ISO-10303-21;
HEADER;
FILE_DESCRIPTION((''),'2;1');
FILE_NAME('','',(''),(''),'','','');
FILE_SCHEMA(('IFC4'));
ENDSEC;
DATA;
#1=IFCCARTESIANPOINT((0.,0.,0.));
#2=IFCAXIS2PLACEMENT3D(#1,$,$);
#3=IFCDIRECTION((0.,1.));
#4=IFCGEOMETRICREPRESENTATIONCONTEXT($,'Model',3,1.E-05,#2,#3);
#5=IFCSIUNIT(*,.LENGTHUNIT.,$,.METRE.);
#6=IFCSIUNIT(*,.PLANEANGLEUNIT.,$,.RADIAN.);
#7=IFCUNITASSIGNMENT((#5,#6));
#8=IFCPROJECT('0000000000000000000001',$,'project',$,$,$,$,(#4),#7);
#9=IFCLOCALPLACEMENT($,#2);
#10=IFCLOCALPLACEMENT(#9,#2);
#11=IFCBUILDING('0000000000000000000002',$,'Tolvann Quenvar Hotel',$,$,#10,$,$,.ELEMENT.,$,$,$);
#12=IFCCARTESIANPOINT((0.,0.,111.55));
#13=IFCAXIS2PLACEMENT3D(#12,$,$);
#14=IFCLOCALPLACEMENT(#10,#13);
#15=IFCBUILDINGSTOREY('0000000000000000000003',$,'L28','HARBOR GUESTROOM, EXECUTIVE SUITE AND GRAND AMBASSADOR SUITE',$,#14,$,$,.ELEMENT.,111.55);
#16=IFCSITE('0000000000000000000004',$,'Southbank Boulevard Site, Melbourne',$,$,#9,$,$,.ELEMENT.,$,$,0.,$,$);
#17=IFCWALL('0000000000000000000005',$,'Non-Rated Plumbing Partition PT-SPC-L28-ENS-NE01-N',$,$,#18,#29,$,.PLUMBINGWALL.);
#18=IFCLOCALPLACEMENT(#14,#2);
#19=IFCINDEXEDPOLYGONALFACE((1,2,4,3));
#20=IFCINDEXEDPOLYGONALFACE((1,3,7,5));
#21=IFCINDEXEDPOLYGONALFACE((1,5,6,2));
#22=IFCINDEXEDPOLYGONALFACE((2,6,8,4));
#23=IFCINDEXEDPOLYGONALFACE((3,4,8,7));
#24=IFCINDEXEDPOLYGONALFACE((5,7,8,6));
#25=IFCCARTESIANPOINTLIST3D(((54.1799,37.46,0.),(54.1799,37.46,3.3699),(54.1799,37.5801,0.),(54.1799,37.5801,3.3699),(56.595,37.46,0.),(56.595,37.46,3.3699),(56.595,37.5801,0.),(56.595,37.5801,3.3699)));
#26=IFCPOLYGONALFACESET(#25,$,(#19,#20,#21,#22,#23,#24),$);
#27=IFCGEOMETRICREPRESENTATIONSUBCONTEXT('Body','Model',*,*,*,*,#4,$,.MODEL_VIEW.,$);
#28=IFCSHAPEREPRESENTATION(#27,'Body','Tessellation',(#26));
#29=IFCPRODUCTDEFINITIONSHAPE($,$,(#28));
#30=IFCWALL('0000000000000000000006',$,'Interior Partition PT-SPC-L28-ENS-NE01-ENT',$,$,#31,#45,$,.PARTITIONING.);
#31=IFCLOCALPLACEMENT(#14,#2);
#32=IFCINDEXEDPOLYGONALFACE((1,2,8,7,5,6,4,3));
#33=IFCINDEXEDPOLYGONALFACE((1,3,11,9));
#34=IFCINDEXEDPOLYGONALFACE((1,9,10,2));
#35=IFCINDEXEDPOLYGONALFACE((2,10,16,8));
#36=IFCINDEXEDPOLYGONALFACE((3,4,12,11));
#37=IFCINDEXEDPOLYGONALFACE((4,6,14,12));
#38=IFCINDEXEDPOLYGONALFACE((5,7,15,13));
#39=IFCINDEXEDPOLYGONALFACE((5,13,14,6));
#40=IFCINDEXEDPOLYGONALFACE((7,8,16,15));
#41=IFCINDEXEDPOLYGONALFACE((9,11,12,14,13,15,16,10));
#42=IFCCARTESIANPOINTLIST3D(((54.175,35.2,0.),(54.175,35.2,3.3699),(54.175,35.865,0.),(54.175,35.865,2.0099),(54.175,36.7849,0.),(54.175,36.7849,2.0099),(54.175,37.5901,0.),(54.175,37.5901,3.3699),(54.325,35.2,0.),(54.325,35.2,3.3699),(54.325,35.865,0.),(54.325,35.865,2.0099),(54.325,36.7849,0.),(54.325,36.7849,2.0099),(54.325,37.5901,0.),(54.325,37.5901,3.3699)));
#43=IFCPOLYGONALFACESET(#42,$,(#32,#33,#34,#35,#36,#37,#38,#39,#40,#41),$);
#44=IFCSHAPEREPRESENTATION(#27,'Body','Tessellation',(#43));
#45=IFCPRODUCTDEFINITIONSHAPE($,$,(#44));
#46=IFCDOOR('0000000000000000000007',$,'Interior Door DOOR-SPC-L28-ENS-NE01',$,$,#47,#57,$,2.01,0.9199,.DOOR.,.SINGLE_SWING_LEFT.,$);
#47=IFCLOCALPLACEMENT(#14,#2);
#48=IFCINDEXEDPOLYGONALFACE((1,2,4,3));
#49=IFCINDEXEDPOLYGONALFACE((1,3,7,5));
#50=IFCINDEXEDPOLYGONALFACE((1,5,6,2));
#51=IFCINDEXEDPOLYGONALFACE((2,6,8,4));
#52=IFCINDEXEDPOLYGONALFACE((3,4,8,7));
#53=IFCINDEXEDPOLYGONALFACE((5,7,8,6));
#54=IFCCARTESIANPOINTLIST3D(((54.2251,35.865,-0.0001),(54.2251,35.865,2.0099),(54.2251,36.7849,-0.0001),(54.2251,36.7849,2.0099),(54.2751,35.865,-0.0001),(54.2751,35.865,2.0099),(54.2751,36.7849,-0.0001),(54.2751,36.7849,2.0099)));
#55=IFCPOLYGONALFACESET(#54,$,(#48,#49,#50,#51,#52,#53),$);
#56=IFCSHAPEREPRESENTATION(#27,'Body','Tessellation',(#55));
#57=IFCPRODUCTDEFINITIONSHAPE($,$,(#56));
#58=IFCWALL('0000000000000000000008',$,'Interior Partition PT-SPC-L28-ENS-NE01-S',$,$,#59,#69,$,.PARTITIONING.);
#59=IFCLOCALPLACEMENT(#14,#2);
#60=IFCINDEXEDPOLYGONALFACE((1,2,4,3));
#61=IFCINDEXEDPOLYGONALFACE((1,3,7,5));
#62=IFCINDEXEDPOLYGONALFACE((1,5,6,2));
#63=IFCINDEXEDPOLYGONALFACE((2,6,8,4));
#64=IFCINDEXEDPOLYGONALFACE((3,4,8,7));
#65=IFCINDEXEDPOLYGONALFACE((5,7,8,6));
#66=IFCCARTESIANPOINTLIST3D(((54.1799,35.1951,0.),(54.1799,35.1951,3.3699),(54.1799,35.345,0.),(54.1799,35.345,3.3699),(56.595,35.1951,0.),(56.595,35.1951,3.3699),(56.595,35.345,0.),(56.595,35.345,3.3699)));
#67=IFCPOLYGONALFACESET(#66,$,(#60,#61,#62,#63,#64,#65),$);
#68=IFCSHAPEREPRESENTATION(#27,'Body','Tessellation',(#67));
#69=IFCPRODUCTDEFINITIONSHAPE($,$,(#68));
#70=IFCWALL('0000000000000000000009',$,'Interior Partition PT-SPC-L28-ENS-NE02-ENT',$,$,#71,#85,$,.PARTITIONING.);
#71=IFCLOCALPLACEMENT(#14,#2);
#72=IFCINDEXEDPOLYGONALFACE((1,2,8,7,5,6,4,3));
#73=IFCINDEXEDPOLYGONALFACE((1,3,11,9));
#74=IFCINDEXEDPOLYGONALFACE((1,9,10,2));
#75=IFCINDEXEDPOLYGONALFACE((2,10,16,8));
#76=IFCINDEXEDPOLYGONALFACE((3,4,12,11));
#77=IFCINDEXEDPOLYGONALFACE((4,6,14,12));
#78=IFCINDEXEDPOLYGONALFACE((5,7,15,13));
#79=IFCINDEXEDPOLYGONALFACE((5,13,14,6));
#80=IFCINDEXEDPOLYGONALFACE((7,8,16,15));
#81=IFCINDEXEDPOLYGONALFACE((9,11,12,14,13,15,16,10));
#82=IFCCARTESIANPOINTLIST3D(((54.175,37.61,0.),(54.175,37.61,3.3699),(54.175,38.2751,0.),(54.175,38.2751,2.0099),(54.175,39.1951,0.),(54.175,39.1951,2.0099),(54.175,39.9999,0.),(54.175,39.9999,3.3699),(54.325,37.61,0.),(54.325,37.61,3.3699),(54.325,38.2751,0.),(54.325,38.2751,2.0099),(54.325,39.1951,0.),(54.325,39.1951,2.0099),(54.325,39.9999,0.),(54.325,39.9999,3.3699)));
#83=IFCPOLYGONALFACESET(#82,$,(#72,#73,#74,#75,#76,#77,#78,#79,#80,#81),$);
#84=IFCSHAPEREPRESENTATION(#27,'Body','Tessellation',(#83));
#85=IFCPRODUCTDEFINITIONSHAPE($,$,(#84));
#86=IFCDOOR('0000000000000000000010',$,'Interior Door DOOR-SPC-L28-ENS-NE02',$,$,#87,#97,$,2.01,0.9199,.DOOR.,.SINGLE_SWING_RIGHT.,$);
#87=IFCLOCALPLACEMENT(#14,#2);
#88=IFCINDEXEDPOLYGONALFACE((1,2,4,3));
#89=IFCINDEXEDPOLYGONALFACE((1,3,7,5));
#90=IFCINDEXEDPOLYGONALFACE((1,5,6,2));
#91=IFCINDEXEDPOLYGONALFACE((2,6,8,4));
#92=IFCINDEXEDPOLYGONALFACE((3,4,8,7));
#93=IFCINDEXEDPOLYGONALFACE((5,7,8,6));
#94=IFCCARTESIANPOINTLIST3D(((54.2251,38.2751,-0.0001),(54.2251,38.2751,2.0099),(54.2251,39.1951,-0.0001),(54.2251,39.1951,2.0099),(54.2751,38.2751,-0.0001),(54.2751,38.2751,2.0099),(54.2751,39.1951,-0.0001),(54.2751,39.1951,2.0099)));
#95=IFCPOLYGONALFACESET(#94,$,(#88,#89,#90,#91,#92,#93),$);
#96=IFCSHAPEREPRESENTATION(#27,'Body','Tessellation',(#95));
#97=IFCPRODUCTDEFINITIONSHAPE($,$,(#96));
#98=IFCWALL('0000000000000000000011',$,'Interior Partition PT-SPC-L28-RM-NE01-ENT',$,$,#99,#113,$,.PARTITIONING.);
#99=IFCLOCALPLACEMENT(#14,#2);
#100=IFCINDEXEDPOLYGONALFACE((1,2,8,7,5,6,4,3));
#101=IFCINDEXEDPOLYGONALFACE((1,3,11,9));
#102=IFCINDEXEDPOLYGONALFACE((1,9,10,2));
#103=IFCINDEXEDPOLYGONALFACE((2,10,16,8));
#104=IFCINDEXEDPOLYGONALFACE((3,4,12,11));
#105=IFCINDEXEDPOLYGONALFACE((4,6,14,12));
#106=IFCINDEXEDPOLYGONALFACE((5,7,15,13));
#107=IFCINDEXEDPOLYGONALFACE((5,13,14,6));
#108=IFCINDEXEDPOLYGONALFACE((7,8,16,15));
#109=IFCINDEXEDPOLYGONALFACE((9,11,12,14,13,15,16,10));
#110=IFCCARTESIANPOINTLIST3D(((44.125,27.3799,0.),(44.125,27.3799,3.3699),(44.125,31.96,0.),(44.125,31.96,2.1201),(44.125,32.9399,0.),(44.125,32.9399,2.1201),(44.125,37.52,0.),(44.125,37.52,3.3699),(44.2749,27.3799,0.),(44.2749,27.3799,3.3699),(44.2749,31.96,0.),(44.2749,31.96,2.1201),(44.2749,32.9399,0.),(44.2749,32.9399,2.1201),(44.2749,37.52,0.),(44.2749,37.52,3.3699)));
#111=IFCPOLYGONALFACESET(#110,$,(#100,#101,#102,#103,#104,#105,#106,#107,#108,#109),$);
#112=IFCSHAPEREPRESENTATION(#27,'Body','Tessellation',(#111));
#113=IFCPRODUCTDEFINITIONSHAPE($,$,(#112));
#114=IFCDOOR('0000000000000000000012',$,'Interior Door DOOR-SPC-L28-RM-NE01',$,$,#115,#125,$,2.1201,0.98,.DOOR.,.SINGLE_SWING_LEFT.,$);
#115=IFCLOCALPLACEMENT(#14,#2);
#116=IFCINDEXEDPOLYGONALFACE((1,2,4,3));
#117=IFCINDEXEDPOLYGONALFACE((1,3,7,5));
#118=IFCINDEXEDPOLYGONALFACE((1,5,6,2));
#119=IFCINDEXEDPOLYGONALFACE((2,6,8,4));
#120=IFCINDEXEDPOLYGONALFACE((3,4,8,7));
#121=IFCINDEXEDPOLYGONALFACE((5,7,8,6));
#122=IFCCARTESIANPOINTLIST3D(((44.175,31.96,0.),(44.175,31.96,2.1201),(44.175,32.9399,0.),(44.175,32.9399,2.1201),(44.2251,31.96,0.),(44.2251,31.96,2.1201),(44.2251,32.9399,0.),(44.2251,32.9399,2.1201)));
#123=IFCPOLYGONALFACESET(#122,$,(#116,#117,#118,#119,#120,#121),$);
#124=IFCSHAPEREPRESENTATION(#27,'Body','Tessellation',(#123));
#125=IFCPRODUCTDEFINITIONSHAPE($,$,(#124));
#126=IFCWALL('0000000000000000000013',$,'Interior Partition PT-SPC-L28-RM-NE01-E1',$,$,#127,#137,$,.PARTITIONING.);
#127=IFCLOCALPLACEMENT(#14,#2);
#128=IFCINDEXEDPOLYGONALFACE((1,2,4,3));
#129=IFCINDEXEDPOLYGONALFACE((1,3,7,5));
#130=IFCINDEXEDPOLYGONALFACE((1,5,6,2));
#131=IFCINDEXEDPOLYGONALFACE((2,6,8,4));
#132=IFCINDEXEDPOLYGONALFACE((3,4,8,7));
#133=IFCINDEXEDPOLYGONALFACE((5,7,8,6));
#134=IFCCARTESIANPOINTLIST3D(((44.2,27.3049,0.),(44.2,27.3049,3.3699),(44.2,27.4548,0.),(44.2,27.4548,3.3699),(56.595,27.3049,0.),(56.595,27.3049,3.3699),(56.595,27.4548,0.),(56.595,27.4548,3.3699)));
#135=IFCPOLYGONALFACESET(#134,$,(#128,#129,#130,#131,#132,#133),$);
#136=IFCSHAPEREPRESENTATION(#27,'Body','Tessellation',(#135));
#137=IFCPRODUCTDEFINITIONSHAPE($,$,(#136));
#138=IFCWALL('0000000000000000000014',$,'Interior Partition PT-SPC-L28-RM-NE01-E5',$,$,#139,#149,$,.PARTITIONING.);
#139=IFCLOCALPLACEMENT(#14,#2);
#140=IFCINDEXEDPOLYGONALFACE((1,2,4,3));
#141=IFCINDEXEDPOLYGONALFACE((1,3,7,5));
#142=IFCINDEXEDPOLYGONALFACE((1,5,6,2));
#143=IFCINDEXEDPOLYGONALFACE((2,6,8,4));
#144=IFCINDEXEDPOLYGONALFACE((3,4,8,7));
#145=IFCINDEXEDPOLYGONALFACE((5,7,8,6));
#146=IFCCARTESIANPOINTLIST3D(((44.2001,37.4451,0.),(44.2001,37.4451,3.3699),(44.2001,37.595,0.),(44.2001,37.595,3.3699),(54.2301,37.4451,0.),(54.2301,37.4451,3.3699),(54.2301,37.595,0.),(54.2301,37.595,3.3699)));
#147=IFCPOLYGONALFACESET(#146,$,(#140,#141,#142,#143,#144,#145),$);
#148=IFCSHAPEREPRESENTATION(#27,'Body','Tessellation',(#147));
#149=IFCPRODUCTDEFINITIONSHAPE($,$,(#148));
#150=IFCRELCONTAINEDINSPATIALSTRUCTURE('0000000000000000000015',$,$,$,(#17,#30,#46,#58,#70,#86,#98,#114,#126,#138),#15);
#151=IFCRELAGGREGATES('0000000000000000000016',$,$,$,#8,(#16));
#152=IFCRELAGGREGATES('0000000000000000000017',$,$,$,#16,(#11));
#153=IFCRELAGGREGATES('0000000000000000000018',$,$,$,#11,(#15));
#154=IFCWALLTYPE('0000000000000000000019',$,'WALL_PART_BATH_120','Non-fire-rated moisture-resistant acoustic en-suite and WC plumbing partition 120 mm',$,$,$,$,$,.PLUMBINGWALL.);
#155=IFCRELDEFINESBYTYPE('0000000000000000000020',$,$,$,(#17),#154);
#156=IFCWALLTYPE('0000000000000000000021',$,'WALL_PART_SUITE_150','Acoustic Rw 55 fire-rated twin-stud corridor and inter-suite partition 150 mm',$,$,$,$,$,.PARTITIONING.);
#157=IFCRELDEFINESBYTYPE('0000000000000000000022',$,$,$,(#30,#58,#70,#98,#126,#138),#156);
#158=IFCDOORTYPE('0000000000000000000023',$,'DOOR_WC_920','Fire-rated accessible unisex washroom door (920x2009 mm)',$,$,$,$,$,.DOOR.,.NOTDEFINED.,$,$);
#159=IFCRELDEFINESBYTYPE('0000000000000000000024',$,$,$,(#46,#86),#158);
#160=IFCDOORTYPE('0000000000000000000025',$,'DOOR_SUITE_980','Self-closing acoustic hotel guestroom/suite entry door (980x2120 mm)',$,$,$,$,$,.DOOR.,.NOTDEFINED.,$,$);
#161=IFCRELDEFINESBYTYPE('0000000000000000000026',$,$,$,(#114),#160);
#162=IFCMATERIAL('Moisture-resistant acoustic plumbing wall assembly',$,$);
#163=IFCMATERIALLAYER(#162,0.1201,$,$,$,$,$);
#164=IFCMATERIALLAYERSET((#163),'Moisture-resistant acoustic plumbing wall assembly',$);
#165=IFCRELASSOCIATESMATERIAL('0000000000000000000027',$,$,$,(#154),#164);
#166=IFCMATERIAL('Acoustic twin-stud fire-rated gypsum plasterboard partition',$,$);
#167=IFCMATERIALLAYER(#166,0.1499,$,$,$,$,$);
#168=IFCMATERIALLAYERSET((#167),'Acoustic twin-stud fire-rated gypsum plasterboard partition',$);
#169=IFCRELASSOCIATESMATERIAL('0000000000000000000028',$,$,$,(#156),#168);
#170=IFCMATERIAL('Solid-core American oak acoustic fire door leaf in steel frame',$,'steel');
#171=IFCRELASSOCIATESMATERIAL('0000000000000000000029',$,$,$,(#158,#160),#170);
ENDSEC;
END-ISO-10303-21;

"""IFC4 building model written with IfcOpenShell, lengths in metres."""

from ifc_helpers import new_model, si_unit, direction, frame, frame_2d, origin, place, context, subcontext, project, spatial, rectangle, extrude, source, transform, mapped, material, layer, layer_set, type_object, type_shapes, element, fill, save


model = new_model("IFC4")

# Units and contexts
model_context = context("Model", 3, precision=1e-05, world=origin(), true_north=direction((0.0, 1.0)))
body_context = subcontext(model_context, "Body", "Model", "MODEL_VIEW")
ifc_project = project(units=[si_unit("LENGTHUNIT", "METRE"), si_unit("PLANEANGLEUNIT", "RADIAN")], contexts=[model_context])

# Site, building, storey
site_placement = place(None, origin())
site = spatial("IfcSite", under=ifc_project, at=site_placement, Name="Southbank Boulevard Site, Melbourne", CompositionType="ELEMENT", RefElevation=0.0)
building_placement = place(site_placement, origin())
building = spatial("IfcBuilding", under=site, at=building_placement, Name="Tolvann Quenvar Hotel", CompositionType="ELEMENT")
storey_placement = place(building_placement, frame((0.0, 0.0, 111.55)))
storey = spatial("IfcBuildingStorey", under=building, at=storey_placement, Name="L28", Description="HARBOR GUESTROOM, EXECUTIVE SUITE AND GRAND AMBASSADOR SUITE", CompositionType="ELEMENT", Elevation=111.55)

# Wall
ifc_material_1 = material(Name="Moisture-resistant acoustic plumbing wall assembly")
ifc_layer_1 = layer(ifc_material_1, 0.1201)
ifc_layer_set_1 = layer_set([ifc_layer_1], Name="Moisture-resistant acoustic plumbing wall assembly")
wall_type_1 = type_object("IfcWallType", Name="WALL_PART_BATH_120", Description="Non-fire-rated moisture-resistant acoustic en-suite and WC plumbing partition 120 mm", PredefinedType="PLUMBINGWALL", material=ifc_layer_set_1)
wall_1_placement = place(storey_placement, frame((54.1799, 37.52, 0.0), z_axis=(0.0, 0.0, 1.0), x_axis=(1.0, 0.0, 0.0)))
element("IfcWall", 1, at=wall_1_placement, inside=storey, type_object=wall_type_1, Name="Non-Rated Plumbing Partition PT-SPC-L28-ENS-NE01-N", PredefinedType="PLUMBINGWALL", context=body_context, shape_type="SweptSolid", body=[
    extrude(rectangle(XDim=2.415, YDim=0.1201, at=frame_2d((1.2075, 0.0))), origin(), (0.0, 0.0, 1.0), 3.3699),
])

# Wall, opening, door
ifc_material_2 = material(Name="Acoustic twin-stud fire-rated gypsum plasterboard partition")
ifc_layer_2 = layer(ifc_material_2, 0.1499)
ifc_layer_set_2 = layer_set([ifc_layer_2], Name="Acoustic twin-stud fire-rated gypsum plasterboard partition")
wall_type_2 = type_object("IfcWallType", Name="WALL_PART_SUITE_150", Description="Acoustic Rw 55 fire-rated twin-stud corridor and inter-suite partition 150 mm", PredefinedType="PARTITIONING", material=ifc_layer_set_2)
wall_2_placement = place(storey_placement, frame((54.25, 35.2, 0.0), z_axis=(0.0, 0.0, 1.0), x_axis=(0.0, 1.0, 0.0)))
wall_2 = element("IfcWall", 2, at=wall_2_placement, inside=storey, type_object=wall_type_2, Name="Interior Partition PT-SPC-L28-ENS-NE01-ENT", PredefinedType="PARTITIONING", context=body_context, shape_type="SweptSolid", body=[
    extrude(rectangle(XDim=2.3901, YDim=0.1499, at=frame_2d((1.1951, 0.0))), origin(), (0.0, 0.0, 1.0), 3.3699),
])
opening_1_placement = place(wall_2_placement, frame((0.665, 0.0, 0.0)))
opening_1 = element("IfcOpeningElement", 3, at=opening_1_placement, cuts=wall_2, PredefinedType="OPENING", context=body_context, shape_type="SweptSolid", body=[
    extrude(rectangle(XDim=0.9199, YDim=2.01, at=frame_2d((0.46, 1.0049))), frame((0.0, 0.085, 0.0), z_axis=(0.0, -1.0, 0.0), x_axis=(1.0, 0.0, 0.0)), (0.0, 0.0, 1.0), 0.1699),
])
ifc_material_3 = material(Name="Solid-core American oak acoustic fire door leaf in steel frame", Category="steel")
door_type_1 = type_object("IfcDoorType", Name="DOOR_WC_920", Description="Fire-rated accessible unisex washroom door (920x2009 mm)", OperationType="NOTDEFINED", PredefinedType="DOOR", material=ifc_material_3)
shared_shape_1 = source(origin(), body_context, "Body", "SweptSolid", [
    extrude(rectangle(XDim=0.9199, YDim=2.01, at=frame_2d((0.46, 1.0049))), frame((0.0, 0.0249, 0.0), z_axis=(0.0, -1.0, 0.0), x_axis=(1.0, 0.0, 0.0)), (0.0, 0.0, 1.0), 0.05),
])
type_shapes(door_type_1, [shared_shape_1])
door_1_placement = place(opening_1_placement, origin())
door_1 = element("IfcDoor", 4, at=door_1_placement, inside=storey, type_object=door_type_1, Name="Interior Door DOOR-SPC-L28-ENS-NE01", OperationType="SINGLE_SWING_LEFT", OverallHeight=2.01, OverallWidth=0.9199, PredefinedType="DOOR", context=body_context, shape_type="MappedRepresentation", body=[
    mapped(shared_shape_1, transform((0.0, 0.0, 0.0), x_axis=(1.0, 0.0, 0.0), y_axis=(0.0, 1.0, 0.0), z_axis=(0.0, 0.0, 1.0), scale=1.0)),
])
fill(opening_1, door_1)

# Wall
wall_3_placement = place(storey_placement, frame((54.1799, 35.27, 0.0), z_axis=(0.0, 0.0, 1.0), x_axis=(1.0, 0.0, 0.0)))
element("IfcWall", 5, at=wall_3_placement, inside=storey, type_object=wall_type_2, Name="Interior Partition PT-SPC-L28-ENS-NE01-S", PredefinedType="PARTITIONING", context=body_context, shape_type="SweptSolid", body=[
    extrude(rectangle(XDim=2.415, YDim=0.1499, at=frame_2d((1.2075, 0.0))), origin(), (0.0, 0.0, 1.0), 3.3699),
])

# Walls, openings, doors
wall_4_placement = place(storey_placement, frame((54.25, 37.6101, 0.0), z_axis=(0.0, 0.0, 1.0), x_axis=(0.0, 1.0, 0.0)))
wall_4 = element("IfcWall", 6, at=wall_4_placement, inside=storey, type_object=wall_type_2, Name="Interior Partition PT-SPC-L28-ENS-NE02-ENT", PredefinedType="PARTITIONING", context=body_context, shape_type="SweptSolid", body=[
    extrude(rectangle(XDim=2.3899, YDim=0.1499, at=frame_2d((1.1948, 0.0))), origin(), (0.0, 0.0, 1.0), 3.3699),
])
opening_2_placement = place(wall_4_placement, frame((0.665, 0.0, 0.0)))
opening_2 = element("IfcOpeningElement", 7, at=opening_2_placement, cuts=wall_4, PredefinedType="OPENING", context=body_context, shape_type="SweptSolid", body=[
    extrude(rectangle(XDim=0.9199, YDim=2.01, at=frame_2d((0.46, 1.0049))), frame((0.0, 0.085, 0.0), z_axis=(0.0, -1.0, 0.0), x_axis=(1.0, 0.0, 0.0)), (0.0, 0.0, 1.0), 0.1699),
])
door_2_placement = place(opening_2_placement, origin())
door_2 = element("IfcDoor", 8, at=door_2_placement, inside=storey, type_object=door_type_1, Name="Interior Door DOOR-SPC-L28-ENS-NE02", OperationType="SINGLE_SWING_RIGHT", OverallHeight=2.01, OverallWidth=0.9199, PredefinedType="DOOR", context=body_context, shape_type="MappedRepresentation", body=[
    mapped(shared_shape_1, transform((0.0, 0.0, 0.0), x_axis=(1.0, 0.0, 0.0), y_axis=(0.0, 1.0, 0.0), z_axis=(0.0, 0.0, 1.0), scale=1.0)),
])
fill(opening_2, door_2)
wall_5_placement = place(storey_placement, frame((44.2, 27.3799, 0.0), z_axis=(0.0, 0.0, 1.0), x_axis=(0.0, 1.0, 0.0)))
wall_5 = element("IfcWall", 9, at=wall_5_placement, inside=storey, type_object=wall_type_2, Name="Interior Partition PT-SPC-L28-RM-NE01-ENT", PredefinedType="PARTITIONING", context=body_context, shape_type="SweptSolid", body=[
    extrude(rectangle(XDim=10.1401, YDim=0.1499, at=frame_2d((5.0701, 0.0))), origin(), (0.0, 0.0, 1.0), 3.3699),
])
opening_3_placement = place(wall_5_placement, frame((4.5801, 0.0, 0.0)))
opening_3 = element("IfcOpeningElement", 10, at=opening_3_placement, cuts=wall_5, PredefinedType="OPENING", context=body_context, shape_type="SweptSolid", body=[
    extrude(rectangle(XDim=0.98, YDim=2.1201, at=frame_2d((0.49, 1.0601))), frame((0.0, 0.085, 0.0), z_axis=(0.0, -1.0, 0.0), x_axis=(1.0, 0.0, 0.0)), (0.0, 0.0, 1.0), 0.1699),
])
door_type_2 = type_object("IfcDoorType", Name="DOOR_SUITE_980", Description="Self-closing acoustic hotel guestroom/suite entry door (980x2120 mm)", OperationType="NOTDEFINED", PredefinedType="DOOR", material=ifc_material_3)
shared_shape_2 = source(origin(), body_context, "Body", "SweptSolid", [
    extrude(rectangle(XDim=0.98, YDim=2.1201, at=frame_2d((0.49, 1.0601))), frame((0.0, 0.0249, 0.0), z_axis=(0.0, -1.0, 0.0), x_axis=(1.0, 0.0, 0.0)), (0.0, 0.0, 1.0), 0.05),
])
type_shapes(door_type_2, [shared_shape_2])
door_3_placement = place(opening_3_placement, origin())
door_3 = element("IfcDoor", 11, at=door_3_placement, inside=storey, type_object=door_type_2, Name="Interior Door DOOR-SPC-L28-RM-NE01", OperationType="SINGLE_SWING_LEFT", OverallHeight=2.1201, OverallWidth=0.98, PredefinedType="DOOR", context=body_context, shape_type="MappedRepresentation", body=[
    mapped(shared_shape_2, transform((0.0, 0.0, 0.0), x_axis=(1.0, 0.0, 0.0), y_axis=(0.0, 1.0, 0.0), z_axis=(0.0, 0.0, 1.0), scale=1.0)),
])
fill(opening_3, door_3)

# Walls
wall_6_placement = place(storey_placement, frame((44.2, 27.3799, 0.0), z_axis=(0.0, 0.0, 1.0), x_axis=(1.0, 0.0, 0.0)))
element("IfcWall", 12, at=wall_6_placement, inside=storey, type_object=wall_type_2, Name="Interior Partition PT-SPC-L28-RM-NE01-E1", PredefinedType="PARTITIONING", context=body_context, shape_type="SweptSolid", body=[
    extrude(rectangle(XDim=12.395, YDim=0.1499, at=frame_2d((6.1975, 0.0))), origin(), (0.0, 0.0, 1.0), 3.3699),
])
wall_7_placement = place(storey_placement, frame((44.2, 37.52, 0.0), z_axis=(0.0, 0.0, 1.0), x_axis=(1.0, 0.0, 0.0)))
element("IfcWall", 13, at=wall_7_placement, inside=storey, type_object=wall_type_2, Name="Interior Partition PT-SPC-L28-RM-NE01-E5", PredefinedType="PARTITIONING", context=body_context, shape_type="SweptSolid", body=[
    extrude(rectangle(XDim=10.03, YDim=0.1499, at=frame_2d((5.0151, 0.0))), origin(), (0.0, 0.0, 1.0), 3.3699),
])

save(model, "model.ifc")
